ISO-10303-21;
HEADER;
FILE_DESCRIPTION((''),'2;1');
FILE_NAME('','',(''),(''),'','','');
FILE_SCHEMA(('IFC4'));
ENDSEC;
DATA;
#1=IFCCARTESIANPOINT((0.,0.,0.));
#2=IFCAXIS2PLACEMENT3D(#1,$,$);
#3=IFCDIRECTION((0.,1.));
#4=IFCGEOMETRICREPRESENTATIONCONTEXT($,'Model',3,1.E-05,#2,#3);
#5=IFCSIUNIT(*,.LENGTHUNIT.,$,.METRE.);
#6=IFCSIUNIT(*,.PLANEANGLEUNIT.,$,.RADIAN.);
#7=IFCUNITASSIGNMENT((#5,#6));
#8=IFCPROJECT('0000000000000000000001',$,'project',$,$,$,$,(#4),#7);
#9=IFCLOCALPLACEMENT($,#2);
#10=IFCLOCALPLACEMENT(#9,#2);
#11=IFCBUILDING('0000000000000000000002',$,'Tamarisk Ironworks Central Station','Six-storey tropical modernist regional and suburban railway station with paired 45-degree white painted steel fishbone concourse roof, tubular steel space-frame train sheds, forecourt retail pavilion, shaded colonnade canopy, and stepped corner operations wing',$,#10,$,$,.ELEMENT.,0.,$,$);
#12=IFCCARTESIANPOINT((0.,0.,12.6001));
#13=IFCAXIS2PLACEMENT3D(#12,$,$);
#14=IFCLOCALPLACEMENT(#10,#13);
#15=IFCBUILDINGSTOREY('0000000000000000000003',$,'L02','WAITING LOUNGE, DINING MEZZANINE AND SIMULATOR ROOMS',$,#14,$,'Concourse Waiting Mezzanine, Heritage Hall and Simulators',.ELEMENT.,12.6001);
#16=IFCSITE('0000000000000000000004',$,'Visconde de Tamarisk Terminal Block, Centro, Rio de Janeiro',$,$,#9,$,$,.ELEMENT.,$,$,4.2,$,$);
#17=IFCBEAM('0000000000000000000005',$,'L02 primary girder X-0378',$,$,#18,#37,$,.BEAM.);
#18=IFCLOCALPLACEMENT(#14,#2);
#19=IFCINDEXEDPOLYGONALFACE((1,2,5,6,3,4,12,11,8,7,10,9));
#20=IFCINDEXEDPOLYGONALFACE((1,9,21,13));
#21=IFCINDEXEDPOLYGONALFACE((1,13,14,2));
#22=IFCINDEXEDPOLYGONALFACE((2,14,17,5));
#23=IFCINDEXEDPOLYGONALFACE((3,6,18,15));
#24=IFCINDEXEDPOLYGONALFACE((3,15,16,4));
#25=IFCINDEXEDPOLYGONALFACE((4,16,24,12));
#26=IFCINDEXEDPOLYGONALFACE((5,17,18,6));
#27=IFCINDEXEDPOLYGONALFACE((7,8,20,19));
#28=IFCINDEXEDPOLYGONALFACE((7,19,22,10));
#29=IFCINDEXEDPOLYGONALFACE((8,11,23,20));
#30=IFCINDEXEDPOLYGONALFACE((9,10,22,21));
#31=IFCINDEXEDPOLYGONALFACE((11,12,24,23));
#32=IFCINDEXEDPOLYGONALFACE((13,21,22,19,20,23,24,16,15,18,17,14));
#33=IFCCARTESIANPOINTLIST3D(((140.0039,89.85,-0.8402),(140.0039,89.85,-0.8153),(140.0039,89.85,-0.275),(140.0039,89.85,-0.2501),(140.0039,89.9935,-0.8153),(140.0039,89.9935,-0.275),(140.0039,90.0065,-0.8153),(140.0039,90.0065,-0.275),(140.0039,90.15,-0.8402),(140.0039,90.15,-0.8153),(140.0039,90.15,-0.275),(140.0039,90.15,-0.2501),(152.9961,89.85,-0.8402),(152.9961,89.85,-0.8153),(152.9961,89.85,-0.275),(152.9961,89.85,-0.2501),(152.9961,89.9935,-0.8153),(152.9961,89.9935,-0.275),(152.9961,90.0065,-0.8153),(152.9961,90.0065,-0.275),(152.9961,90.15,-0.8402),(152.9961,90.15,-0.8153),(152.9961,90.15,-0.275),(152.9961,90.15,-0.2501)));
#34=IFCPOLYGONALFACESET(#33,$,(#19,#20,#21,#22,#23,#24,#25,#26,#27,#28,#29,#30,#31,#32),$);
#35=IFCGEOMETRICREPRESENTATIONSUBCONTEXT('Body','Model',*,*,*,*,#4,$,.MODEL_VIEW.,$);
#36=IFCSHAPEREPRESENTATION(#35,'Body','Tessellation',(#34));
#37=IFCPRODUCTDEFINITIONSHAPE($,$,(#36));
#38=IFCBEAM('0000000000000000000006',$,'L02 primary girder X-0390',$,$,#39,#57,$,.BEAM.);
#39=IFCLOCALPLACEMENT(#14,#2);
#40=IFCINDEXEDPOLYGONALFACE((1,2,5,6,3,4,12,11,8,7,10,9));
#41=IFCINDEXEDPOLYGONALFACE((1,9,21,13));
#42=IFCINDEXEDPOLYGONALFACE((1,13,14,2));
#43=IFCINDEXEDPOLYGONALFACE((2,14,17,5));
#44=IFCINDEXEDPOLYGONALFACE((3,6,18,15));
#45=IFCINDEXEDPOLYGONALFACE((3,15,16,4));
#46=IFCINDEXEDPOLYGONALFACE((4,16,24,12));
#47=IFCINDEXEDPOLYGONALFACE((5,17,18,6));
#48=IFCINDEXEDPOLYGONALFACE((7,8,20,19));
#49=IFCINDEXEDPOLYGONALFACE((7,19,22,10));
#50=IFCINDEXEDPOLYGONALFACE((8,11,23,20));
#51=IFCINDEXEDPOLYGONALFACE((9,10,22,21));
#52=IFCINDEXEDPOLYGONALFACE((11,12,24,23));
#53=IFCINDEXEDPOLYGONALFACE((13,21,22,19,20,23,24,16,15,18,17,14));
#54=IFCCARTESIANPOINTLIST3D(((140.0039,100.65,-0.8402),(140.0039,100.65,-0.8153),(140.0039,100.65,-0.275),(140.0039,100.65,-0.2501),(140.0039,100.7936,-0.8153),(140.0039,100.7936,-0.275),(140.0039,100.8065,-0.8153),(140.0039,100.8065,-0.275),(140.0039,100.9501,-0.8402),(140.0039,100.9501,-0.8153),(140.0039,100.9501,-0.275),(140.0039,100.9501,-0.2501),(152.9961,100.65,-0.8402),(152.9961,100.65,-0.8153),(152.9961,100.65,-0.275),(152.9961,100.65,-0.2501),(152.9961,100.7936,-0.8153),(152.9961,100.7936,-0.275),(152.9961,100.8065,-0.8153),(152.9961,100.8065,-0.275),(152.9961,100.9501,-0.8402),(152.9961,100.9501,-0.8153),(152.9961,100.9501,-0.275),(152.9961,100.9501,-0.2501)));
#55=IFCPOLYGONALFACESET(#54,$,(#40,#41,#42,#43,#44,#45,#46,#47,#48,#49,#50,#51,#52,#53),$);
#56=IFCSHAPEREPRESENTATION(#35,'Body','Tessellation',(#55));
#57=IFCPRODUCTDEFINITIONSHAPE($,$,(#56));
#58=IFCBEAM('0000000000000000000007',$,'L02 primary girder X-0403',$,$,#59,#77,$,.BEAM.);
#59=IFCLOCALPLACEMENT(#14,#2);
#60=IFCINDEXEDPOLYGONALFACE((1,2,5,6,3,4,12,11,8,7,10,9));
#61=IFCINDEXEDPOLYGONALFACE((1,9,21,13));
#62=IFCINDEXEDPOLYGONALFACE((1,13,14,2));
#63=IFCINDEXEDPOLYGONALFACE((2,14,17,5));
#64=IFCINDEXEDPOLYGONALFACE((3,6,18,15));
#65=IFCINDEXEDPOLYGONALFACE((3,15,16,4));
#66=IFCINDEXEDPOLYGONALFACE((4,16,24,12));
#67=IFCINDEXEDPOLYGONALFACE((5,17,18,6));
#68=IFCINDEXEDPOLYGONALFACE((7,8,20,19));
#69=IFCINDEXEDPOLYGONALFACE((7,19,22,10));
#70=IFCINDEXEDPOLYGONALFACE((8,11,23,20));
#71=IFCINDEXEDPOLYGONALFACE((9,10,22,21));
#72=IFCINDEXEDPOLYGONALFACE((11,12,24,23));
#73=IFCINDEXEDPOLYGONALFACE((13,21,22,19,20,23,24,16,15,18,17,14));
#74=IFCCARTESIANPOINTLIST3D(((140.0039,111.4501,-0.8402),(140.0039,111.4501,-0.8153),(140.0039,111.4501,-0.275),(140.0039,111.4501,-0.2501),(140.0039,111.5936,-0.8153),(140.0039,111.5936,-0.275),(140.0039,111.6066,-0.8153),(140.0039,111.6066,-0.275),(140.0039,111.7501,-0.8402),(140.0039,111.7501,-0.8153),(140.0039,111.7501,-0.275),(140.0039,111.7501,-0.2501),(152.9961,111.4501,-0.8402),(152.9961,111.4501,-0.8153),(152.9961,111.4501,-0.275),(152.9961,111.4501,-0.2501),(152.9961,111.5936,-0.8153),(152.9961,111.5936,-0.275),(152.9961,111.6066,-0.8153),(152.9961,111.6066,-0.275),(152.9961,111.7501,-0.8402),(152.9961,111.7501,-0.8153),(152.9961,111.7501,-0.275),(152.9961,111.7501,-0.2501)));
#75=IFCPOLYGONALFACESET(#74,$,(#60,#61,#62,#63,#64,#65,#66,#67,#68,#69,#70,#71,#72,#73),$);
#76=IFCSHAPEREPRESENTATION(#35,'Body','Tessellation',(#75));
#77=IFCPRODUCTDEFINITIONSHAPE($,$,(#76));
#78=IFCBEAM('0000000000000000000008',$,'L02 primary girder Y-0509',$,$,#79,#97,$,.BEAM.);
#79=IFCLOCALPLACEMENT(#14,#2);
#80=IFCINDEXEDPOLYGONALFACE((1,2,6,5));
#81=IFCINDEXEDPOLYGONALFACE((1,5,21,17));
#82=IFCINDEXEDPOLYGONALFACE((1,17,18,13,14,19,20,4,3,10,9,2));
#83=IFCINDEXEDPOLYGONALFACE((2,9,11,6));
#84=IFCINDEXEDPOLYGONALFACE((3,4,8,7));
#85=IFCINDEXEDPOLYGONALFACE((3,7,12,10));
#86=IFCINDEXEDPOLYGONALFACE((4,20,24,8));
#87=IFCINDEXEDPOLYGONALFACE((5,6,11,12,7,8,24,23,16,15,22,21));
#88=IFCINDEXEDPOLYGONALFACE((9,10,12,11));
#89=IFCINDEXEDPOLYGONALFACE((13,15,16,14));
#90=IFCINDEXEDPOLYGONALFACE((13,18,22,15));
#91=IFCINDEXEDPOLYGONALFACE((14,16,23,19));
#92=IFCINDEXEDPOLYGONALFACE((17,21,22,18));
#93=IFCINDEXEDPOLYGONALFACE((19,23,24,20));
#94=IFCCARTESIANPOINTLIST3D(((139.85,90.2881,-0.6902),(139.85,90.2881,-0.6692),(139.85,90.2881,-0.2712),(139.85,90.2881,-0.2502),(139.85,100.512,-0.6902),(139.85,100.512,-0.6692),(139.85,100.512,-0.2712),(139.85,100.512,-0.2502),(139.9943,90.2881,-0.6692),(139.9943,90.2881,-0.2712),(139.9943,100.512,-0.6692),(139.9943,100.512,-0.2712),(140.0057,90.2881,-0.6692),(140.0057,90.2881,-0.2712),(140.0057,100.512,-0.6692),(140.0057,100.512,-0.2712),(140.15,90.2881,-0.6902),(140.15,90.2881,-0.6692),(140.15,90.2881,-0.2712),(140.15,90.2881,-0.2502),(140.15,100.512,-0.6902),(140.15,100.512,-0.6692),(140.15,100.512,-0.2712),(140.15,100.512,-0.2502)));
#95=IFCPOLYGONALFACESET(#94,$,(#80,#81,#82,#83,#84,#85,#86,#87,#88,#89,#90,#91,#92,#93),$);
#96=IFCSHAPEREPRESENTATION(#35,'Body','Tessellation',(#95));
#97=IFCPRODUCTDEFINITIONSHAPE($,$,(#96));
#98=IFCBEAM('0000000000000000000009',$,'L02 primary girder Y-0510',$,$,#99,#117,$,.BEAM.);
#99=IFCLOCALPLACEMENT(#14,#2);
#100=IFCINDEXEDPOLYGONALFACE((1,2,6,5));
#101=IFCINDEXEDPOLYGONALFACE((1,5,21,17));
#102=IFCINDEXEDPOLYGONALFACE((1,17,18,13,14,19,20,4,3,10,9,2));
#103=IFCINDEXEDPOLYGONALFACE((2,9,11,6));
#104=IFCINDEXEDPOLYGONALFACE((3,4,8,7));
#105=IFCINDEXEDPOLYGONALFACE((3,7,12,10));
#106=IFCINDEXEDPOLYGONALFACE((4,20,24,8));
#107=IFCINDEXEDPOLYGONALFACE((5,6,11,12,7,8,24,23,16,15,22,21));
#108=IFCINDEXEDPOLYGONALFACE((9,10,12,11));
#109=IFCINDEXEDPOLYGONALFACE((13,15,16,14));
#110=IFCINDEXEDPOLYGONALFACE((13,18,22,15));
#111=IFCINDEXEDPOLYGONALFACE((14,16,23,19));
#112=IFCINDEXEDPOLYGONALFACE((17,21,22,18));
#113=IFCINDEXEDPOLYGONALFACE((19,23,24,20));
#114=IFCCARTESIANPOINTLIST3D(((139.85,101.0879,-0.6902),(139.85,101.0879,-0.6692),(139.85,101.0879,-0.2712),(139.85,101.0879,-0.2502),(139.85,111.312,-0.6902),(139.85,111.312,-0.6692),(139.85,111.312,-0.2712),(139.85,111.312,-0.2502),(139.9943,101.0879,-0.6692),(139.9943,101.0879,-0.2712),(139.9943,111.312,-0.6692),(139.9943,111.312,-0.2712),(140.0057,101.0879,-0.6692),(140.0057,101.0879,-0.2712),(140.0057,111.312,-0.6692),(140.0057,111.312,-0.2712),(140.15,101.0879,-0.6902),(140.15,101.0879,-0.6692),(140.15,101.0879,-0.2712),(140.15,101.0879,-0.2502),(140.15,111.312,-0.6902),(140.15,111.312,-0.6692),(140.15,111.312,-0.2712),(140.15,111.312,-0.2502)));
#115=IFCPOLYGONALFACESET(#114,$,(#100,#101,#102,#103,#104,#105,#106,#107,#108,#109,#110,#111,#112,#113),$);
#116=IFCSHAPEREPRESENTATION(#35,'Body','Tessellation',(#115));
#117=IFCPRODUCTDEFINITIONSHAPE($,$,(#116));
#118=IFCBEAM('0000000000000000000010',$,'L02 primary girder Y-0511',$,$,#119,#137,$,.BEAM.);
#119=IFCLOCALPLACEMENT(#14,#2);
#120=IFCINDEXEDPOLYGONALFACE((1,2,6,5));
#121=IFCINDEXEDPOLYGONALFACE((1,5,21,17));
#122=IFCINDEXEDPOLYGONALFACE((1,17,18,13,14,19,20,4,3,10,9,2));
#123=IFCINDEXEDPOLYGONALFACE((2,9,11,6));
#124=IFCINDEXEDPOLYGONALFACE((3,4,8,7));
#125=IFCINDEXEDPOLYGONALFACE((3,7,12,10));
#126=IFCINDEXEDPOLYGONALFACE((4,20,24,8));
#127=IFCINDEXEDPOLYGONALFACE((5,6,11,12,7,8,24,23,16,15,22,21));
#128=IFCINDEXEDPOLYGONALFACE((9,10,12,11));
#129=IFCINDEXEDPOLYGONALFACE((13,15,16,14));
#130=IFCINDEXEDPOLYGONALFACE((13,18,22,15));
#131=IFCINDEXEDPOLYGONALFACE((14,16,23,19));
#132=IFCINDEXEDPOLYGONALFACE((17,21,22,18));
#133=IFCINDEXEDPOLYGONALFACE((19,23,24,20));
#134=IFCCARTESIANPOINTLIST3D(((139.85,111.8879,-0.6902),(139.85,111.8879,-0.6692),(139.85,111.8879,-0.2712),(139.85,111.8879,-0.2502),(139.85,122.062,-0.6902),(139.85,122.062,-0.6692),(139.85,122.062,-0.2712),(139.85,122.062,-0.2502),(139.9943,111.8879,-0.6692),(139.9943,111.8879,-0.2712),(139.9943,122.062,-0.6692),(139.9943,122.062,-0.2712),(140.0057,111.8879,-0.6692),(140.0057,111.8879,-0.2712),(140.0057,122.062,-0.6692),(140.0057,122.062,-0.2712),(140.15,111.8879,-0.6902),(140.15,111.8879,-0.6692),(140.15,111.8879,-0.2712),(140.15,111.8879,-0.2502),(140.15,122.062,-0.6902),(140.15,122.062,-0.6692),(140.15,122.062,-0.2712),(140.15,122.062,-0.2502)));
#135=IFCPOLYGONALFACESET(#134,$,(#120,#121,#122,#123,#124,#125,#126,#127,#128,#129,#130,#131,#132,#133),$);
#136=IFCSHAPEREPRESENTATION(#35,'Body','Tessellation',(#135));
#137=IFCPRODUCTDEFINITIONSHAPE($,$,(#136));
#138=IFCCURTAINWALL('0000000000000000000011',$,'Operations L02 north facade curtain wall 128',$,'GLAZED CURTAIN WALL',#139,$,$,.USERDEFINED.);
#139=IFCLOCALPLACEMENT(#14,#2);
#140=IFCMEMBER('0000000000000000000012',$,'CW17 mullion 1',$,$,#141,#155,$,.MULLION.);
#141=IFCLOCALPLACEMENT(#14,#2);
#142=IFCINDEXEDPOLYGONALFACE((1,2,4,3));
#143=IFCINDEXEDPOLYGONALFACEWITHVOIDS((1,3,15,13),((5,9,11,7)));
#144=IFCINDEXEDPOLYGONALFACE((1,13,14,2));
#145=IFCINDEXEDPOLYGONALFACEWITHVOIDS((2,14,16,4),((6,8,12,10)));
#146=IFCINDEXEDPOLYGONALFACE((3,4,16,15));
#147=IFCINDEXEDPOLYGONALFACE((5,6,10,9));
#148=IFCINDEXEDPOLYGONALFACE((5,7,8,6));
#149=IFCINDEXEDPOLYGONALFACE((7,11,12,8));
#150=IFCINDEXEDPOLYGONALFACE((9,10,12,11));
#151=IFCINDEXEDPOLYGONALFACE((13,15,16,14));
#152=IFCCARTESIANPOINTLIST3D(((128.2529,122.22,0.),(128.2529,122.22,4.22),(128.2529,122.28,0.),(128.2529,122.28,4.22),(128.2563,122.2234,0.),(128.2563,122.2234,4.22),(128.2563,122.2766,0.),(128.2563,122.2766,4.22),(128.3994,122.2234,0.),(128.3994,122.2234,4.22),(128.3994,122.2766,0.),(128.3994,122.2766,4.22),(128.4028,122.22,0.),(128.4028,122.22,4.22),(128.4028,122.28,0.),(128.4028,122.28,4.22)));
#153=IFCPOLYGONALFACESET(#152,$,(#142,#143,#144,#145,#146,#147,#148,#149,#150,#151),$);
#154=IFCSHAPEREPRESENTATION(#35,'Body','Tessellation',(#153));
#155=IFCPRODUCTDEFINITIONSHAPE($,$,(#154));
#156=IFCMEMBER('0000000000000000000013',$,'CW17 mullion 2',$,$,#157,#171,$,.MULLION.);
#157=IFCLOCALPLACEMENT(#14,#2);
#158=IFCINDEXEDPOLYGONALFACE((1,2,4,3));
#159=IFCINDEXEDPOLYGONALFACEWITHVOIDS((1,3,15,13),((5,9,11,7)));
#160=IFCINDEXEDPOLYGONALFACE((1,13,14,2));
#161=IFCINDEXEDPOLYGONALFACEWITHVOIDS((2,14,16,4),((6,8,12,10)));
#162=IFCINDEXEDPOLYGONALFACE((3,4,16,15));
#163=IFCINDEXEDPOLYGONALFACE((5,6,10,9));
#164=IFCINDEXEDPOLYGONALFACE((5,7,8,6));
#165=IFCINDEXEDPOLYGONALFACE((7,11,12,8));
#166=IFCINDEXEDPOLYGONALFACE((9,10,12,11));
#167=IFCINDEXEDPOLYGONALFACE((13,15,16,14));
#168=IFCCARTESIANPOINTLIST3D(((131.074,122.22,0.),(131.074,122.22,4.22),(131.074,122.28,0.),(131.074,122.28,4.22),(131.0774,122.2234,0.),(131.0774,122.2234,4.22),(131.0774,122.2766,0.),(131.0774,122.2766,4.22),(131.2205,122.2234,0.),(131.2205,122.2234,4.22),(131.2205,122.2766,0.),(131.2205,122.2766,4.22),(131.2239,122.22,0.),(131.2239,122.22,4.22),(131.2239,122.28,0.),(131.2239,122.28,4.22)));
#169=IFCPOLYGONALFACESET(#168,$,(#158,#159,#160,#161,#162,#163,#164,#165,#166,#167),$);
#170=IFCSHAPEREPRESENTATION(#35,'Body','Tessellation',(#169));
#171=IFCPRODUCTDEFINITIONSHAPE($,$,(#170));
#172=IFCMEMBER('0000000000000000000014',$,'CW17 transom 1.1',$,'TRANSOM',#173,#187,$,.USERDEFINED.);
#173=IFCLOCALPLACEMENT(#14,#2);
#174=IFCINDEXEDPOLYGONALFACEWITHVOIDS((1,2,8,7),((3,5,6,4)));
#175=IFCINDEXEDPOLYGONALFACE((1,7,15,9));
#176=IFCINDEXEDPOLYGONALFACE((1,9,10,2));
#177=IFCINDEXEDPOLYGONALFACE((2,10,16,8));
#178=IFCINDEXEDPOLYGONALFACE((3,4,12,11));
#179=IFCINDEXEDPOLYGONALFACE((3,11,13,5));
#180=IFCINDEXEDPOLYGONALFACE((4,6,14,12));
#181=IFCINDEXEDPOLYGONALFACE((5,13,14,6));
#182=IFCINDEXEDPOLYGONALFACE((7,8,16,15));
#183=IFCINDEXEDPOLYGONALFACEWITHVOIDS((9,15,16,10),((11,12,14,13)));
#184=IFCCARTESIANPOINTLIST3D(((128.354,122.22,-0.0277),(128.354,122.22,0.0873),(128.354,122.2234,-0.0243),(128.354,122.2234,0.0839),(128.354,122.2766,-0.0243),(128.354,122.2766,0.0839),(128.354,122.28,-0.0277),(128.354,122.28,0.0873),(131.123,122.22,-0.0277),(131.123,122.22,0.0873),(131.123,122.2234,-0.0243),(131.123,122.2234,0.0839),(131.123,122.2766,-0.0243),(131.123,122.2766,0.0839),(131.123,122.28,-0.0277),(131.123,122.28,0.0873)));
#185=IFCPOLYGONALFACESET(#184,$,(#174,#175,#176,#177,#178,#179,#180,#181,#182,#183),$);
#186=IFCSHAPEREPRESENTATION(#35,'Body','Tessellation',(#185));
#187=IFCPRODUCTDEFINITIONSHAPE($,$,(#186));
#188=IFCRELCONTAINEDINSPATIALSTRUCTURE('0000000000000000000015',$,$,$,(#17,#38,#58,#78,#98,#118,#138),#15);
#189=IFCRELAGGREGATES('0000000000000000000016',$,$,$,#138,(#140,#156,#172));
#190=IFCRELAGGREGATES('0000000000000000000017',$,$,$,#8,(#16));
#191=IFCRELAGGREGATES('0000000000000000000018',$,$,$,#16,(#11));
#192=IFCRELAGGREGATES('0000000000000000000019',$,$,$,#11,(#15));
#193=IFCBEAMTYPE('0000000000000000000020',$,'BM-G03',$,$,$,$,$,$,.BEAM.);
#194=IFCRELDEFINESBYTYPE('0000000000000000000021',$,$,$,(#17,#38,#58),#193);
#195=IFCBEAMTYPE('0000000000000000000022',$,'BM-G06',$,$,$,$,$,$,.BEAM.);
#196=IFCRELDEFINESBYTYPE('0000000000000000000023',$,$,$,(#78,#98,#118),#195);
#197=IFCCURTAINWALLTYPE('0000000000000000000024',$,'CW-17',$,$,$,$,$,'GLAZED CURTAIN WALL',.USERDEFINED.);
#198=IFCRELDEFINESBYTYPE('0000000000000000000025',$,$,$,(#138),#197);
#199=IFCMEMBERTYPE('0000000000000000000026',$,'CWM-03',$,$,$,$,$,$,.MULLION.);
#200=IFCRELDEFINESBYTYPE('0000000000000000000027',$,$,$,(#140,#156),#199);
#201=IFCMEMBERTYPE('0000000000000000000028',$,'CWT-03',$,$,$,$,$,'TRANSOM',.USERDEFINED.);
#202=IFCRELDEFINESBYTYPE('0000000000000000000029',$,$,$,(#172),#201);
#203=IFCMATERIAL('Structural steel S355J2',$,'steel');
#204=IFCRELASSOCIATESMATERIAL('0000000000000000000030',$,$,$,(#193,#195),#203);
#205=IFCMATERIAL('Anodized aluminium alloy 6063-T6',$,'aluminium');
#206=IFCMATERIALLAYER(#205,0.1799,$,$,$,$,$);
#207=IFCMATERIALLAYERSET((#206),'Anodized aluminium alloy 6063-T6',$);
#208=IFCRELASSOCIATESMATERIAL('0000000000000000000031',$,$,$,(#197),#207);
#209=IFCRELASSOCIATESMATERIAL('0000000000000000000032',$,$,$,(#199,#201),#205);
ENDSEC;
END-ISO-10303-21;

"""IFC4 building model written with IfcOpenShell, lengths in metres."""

from ifc_helpers import new_model, si_unit, direction, frame, origin, origin_2d, place, context, subcontext, project, spatial, hollow_rectangle, i_section, extrude, material, layer, layer_set, material_profile, profile_set, type_object, element, aggregate, save


model = new_model("IFC4")

# Units and contexts
model_context = context("Model", 3, precision=1e-05, world=origin(), true_north=direction((0.0, 1.0)))
body_context = subcontext(model_context, "Body", "Model", "MODEL_VIEW")
ifc_project = project(units=[si_unit("LENGTHUNIT", "METRE"), si_unit("PLANEANGLEUNIT", "RADIAN")], contexts=[model_context])

# Site, building, storey
site_placement = place(None, origin())
site = spatial("IfcSite", under=ifc_project, at=site_placement, Name="Visconde de Tamarisk Terminal Block, Centro, Rio de Janeiro", CompositionType="ELEMENT", RefElevation=4.2)
building_placement = place(site_placement, origin())
building = spatial("IfcBuilding", under=site, at=building_placement, Name="Tamarisk Ironworks Central Station", Description="Six-storey tropical modernist regional and suburban railway station with paired 45-degree white painted steel fishbone concourse roof, tubular steel space-frame train sheds, forecourt retail pavilion, shaded colonnade canopy, and stepped corner operations wing", CompositionType="ELEMENT", ElevationOfRefHeight=0.0)
storey_placement = place(building_placement, frame((0.0, 0.0, 12.6001)))
storey = spatial("IfcBuildingStorey", under=building, at=storey_placement, Name="L02", Description="WAITING LOUNGE, DINING MEZZANINE AND SIMULATOR ROOMS", LongName="Concourse Waiting Mezzanine, Heritage Hall and Simulators", CompositionType="ELEMENT", Elevation=12.6001)

# Shared definitions
ifc_material_1 = material(Name="Structural steel S355J2", Category="steel")

# Beams
ifc_material_profile_1 = material_profile(ifc_material_1, i_section(OverallWidth=0.3, OverallDepth=0.5901, WebThickness=0.0129, FlangeThickness=0.0249, at=origin_2d()), Name="HEA 600")
ifc_profile_set_1 = profile_set([ifc_material_profile_1], Name="Structural steel S355J2")
beam_type_1 = type_object("IfcBeamType", Name="BM-G03", PredefinedType="BEAM", material=ifc_profile_set_1)
for number, where, z_axis, x_axis, name in (
    (1, (140.0039, 90.0, -0.5452), (1.0, 0.0, 0.0), (0.0, 1.0, 0.0), "L02 primary girder X-0378"),
    (2, (140.0039, 100.8, -0.5452), (1.0, 0.0, 0.0), (0.0, 1.0, 0.0), "L02 primary girder X-0390"),
    (3, (140.0039, 111.6001, -0.5452), (1.0, 0.0, 0.0), (0.0, 1.0, 0.0), "L02 primary girder X-0403"),
):
    element("IfcBeam", number, at=place(storey_placement, frame(where, z_axis=z_axis, x_axis=x_axis)), inside=storey, type_object=beam_type_1, Name=name, PredefinedType="BEAM", context=body_context, shape_type="SweptSolid", body=[
        extrude(i_section(OverallWidth=0.3, OverallDepth=0.5901, WebThickness=0.0129, FlangeThickness=0.0249, at=origin_2d()), origin(), (0.0, 0.0, 1.0), 12.9922),
    ])
ifc_material_profile_2 = material_profile(ifc_material_1, i_section(OverallWidth=0.3, OverallDepth=0.4399, WebThickness=0.0115, FlangeThickness=0.021, at=origin_2d()), Name="HEA 450")
ifc_profile_set_2 = profile_set([ifc_material_profile_2], Name="Structural steel S355J2")
beam_type_2 = type_object("IfcBeamType", Name="BM-G06", PredefinedType="BEAM", material=ifc_profile_set_2)
beam_1_placement = place(storey_placement, frame((140.0, 90.2881, -0.4702), z_axis=(0.0, 1.0, 0.0), x_axis=(-1.0, 0.0, 0.0)))
element("IfcBeam", 4, at=beam_1_placement, inside=storey, type_object=beam_type_2, Name="L02 primary girder Y-0509", PredefinedType="BEAM", context=body_context, shape_type="SweptSolid", body=[
    extrude(i_section(OverallWidth=0.3, OverallDepth=0.4399, WebThickness=0.0115, FlangeThickness=0.021, at=origin_2d()), origin(), (0.0, 0.0, 1.0), 10.2239),
])
beam_2_placement = place(storey_placement, frame((140.0, 101.0879, -0.4702), z_axis=(0.0, 1.0, 0.0), x_axis=(-1.0, 0.0, 0.0)))
element("IfcBeam", 5, at=beam_2_placement, inside=storey, type_object=beam_type_2, Name="L02 primary girder Y-0510", PredefinedType="BEAM", context=body_context, shape_type="SweptSolid", body=[
    extrude(i_section(OverallWidth=0.3, OverallDepth=0.4399, WebThickness=0.0115, FlangeThickness=0.021, at=origin_2d()), origin(), (0.0, 0.0, 1.0), 10.2241),
])
beam_3_placement = place(storey_placement, frame((140.0, 111.8879, -0.4702), z_axis=(0.0, 1.0, 0.0), x_axis=(-1.0, 0.0, 0.0)))
element("IfcBeam", 6, at=beam_3_placement, inside=storey, type_object=beam_type_2, Name="L02 primary girder Y-0511", PredefinedType="BEAM", context=body_context, shape_type="SweptSolid", body=[
    extrude(i_section(OverallWidth=0.3, OverallDepth=0.4399, WebThickness=0.0115, FlangeThickness=0.021, at=origin_2d()), origin(), (0.0, 0.0, 1.0), 10.1741),
])

# Curtain wall, members
ifc_material_2 = material(Name="Anodized aluminium alloy 6063-T6", Category="aluminium")
ifc_layer_1 = layer(ifc_material_2, 0.1799)
ifc_layer_set_1 = layer_set([ifc_layer_1], Name="Anodized aluminium alloy 6063-T6")
curtain_wall_type = type_object("IfcCurtainWallType", Name="CW-17", ElementType="GLAZED CURTAIN WALL", PredefinedType="USERDEFINED", material=ifc_layer_set_1)
curtain_wall_placement = place(storey_placement, origin())
curtain_wall = element("IfcCurtainWall", 7, at=curtain_wall_placement, inside=storey, type_object=curtain_wall_type, Name="Operations L02 north facade curtain wall 128", ObjectType="GLAZED CURTAIN WALL", PredefinedType="USERDEFINED")
ifc_material_profile_3 = material_profile(ifc_material_2, hollow_rectangle(XDim=0.0601, YDim=0.1499, WallThickness=0.0034, at=origin_2d()), Name="ALUM 150x60")
ifc_profile_set_3 = profile_set([ifc_material_profile_3], Name="Anodized aluminium alloy 6063-T6")
member_type_1 = type_object("IfcMemberType", Name="CWM-03", PredefinedType="MULLION", material=ifc_profile_set_3)
member_1_placement = place(storey_placement, frame((128.3279, 122.25, 0.0), z_axis=(0.0, 0.0, 1.0), x_axis=(0.0, 1.0, 0.0)))
member_1 = element("IfcMember", 8, at=member_1_placement, type_object=member_type_1, Name="CW17 mullion 1", PredefinedType="MULLION", context=body_context, shape_type="SweptSolid", body=[
    extrude(hollow_rectangle(XDim=0.0601, YDim=0.1499, WallThickness=0.0034, at=origin_2d()), origin(), (0.0, 0.0, 1.0), 4.22),
])
member_2_placement = place(storey_placement, frame((131.1489, 122.25, 0.0), z_axis=(0.0, 0.0, 1.0), x_axis=(0.0, 1.0, 0.0)))
member_2 = element("IfcMember", 9, at=member_2_placement, type_object=member_type_1, Name="CW17 mullion 2", PredefinedType="MULLION", context=body_context, shape_type="SweptSolid", body=[
    extrude(hollow_rectangle(XDim=0.0601, YDim=0.1499, WallThickness=0.0034, at=origin_2d()), origin(), (0.0, 0.0, 1.0), 4.22),
])
ifc_material_profile_4 = material_profile(ifc_material_2, hollow_rectangle(XDim=0.0601, YDim=0.115, WallThickness=0.0034, at=origin_2d()), Name="ALUM 115x60")
ifc_profile_set_4 = profile_set([ifc_material_profile_4], Name="Anodized aluminium alloy 6063-T6")
member_type_2 = type_object("IfcMemberType", Name="CWT-03", ElementType="TRANSOM", PredefinedType="USERDEFINED", material=ifc_profile_set_4)
member_3_placement = place(storey_placement, frame((128.354, 122.25, 0.0298), z_axis=(1.0, 0.0, 0.0), x_axis=(0.0, 1.0, 0.0)))
member_3 = element("IfcMember", 10, at=member_3_placement, type_object=member_type_2, Name="CW17 transom 1.1", ObjectType="TRANSOM", PredefinedType="USERDEFINED", context=body_context, shape_type="SweptSolid", body=[
    extrude(hollow_rectangle(XDim=0.0601, YDim=0.115, WallThickness=0.0034, at=origin_2d()), origin(), (0.0, 0.0, 1.0), 2.769),
])
aggregate(curtain_wall, [member_1, member_2, member_3])

save(model, "model.ifc")
